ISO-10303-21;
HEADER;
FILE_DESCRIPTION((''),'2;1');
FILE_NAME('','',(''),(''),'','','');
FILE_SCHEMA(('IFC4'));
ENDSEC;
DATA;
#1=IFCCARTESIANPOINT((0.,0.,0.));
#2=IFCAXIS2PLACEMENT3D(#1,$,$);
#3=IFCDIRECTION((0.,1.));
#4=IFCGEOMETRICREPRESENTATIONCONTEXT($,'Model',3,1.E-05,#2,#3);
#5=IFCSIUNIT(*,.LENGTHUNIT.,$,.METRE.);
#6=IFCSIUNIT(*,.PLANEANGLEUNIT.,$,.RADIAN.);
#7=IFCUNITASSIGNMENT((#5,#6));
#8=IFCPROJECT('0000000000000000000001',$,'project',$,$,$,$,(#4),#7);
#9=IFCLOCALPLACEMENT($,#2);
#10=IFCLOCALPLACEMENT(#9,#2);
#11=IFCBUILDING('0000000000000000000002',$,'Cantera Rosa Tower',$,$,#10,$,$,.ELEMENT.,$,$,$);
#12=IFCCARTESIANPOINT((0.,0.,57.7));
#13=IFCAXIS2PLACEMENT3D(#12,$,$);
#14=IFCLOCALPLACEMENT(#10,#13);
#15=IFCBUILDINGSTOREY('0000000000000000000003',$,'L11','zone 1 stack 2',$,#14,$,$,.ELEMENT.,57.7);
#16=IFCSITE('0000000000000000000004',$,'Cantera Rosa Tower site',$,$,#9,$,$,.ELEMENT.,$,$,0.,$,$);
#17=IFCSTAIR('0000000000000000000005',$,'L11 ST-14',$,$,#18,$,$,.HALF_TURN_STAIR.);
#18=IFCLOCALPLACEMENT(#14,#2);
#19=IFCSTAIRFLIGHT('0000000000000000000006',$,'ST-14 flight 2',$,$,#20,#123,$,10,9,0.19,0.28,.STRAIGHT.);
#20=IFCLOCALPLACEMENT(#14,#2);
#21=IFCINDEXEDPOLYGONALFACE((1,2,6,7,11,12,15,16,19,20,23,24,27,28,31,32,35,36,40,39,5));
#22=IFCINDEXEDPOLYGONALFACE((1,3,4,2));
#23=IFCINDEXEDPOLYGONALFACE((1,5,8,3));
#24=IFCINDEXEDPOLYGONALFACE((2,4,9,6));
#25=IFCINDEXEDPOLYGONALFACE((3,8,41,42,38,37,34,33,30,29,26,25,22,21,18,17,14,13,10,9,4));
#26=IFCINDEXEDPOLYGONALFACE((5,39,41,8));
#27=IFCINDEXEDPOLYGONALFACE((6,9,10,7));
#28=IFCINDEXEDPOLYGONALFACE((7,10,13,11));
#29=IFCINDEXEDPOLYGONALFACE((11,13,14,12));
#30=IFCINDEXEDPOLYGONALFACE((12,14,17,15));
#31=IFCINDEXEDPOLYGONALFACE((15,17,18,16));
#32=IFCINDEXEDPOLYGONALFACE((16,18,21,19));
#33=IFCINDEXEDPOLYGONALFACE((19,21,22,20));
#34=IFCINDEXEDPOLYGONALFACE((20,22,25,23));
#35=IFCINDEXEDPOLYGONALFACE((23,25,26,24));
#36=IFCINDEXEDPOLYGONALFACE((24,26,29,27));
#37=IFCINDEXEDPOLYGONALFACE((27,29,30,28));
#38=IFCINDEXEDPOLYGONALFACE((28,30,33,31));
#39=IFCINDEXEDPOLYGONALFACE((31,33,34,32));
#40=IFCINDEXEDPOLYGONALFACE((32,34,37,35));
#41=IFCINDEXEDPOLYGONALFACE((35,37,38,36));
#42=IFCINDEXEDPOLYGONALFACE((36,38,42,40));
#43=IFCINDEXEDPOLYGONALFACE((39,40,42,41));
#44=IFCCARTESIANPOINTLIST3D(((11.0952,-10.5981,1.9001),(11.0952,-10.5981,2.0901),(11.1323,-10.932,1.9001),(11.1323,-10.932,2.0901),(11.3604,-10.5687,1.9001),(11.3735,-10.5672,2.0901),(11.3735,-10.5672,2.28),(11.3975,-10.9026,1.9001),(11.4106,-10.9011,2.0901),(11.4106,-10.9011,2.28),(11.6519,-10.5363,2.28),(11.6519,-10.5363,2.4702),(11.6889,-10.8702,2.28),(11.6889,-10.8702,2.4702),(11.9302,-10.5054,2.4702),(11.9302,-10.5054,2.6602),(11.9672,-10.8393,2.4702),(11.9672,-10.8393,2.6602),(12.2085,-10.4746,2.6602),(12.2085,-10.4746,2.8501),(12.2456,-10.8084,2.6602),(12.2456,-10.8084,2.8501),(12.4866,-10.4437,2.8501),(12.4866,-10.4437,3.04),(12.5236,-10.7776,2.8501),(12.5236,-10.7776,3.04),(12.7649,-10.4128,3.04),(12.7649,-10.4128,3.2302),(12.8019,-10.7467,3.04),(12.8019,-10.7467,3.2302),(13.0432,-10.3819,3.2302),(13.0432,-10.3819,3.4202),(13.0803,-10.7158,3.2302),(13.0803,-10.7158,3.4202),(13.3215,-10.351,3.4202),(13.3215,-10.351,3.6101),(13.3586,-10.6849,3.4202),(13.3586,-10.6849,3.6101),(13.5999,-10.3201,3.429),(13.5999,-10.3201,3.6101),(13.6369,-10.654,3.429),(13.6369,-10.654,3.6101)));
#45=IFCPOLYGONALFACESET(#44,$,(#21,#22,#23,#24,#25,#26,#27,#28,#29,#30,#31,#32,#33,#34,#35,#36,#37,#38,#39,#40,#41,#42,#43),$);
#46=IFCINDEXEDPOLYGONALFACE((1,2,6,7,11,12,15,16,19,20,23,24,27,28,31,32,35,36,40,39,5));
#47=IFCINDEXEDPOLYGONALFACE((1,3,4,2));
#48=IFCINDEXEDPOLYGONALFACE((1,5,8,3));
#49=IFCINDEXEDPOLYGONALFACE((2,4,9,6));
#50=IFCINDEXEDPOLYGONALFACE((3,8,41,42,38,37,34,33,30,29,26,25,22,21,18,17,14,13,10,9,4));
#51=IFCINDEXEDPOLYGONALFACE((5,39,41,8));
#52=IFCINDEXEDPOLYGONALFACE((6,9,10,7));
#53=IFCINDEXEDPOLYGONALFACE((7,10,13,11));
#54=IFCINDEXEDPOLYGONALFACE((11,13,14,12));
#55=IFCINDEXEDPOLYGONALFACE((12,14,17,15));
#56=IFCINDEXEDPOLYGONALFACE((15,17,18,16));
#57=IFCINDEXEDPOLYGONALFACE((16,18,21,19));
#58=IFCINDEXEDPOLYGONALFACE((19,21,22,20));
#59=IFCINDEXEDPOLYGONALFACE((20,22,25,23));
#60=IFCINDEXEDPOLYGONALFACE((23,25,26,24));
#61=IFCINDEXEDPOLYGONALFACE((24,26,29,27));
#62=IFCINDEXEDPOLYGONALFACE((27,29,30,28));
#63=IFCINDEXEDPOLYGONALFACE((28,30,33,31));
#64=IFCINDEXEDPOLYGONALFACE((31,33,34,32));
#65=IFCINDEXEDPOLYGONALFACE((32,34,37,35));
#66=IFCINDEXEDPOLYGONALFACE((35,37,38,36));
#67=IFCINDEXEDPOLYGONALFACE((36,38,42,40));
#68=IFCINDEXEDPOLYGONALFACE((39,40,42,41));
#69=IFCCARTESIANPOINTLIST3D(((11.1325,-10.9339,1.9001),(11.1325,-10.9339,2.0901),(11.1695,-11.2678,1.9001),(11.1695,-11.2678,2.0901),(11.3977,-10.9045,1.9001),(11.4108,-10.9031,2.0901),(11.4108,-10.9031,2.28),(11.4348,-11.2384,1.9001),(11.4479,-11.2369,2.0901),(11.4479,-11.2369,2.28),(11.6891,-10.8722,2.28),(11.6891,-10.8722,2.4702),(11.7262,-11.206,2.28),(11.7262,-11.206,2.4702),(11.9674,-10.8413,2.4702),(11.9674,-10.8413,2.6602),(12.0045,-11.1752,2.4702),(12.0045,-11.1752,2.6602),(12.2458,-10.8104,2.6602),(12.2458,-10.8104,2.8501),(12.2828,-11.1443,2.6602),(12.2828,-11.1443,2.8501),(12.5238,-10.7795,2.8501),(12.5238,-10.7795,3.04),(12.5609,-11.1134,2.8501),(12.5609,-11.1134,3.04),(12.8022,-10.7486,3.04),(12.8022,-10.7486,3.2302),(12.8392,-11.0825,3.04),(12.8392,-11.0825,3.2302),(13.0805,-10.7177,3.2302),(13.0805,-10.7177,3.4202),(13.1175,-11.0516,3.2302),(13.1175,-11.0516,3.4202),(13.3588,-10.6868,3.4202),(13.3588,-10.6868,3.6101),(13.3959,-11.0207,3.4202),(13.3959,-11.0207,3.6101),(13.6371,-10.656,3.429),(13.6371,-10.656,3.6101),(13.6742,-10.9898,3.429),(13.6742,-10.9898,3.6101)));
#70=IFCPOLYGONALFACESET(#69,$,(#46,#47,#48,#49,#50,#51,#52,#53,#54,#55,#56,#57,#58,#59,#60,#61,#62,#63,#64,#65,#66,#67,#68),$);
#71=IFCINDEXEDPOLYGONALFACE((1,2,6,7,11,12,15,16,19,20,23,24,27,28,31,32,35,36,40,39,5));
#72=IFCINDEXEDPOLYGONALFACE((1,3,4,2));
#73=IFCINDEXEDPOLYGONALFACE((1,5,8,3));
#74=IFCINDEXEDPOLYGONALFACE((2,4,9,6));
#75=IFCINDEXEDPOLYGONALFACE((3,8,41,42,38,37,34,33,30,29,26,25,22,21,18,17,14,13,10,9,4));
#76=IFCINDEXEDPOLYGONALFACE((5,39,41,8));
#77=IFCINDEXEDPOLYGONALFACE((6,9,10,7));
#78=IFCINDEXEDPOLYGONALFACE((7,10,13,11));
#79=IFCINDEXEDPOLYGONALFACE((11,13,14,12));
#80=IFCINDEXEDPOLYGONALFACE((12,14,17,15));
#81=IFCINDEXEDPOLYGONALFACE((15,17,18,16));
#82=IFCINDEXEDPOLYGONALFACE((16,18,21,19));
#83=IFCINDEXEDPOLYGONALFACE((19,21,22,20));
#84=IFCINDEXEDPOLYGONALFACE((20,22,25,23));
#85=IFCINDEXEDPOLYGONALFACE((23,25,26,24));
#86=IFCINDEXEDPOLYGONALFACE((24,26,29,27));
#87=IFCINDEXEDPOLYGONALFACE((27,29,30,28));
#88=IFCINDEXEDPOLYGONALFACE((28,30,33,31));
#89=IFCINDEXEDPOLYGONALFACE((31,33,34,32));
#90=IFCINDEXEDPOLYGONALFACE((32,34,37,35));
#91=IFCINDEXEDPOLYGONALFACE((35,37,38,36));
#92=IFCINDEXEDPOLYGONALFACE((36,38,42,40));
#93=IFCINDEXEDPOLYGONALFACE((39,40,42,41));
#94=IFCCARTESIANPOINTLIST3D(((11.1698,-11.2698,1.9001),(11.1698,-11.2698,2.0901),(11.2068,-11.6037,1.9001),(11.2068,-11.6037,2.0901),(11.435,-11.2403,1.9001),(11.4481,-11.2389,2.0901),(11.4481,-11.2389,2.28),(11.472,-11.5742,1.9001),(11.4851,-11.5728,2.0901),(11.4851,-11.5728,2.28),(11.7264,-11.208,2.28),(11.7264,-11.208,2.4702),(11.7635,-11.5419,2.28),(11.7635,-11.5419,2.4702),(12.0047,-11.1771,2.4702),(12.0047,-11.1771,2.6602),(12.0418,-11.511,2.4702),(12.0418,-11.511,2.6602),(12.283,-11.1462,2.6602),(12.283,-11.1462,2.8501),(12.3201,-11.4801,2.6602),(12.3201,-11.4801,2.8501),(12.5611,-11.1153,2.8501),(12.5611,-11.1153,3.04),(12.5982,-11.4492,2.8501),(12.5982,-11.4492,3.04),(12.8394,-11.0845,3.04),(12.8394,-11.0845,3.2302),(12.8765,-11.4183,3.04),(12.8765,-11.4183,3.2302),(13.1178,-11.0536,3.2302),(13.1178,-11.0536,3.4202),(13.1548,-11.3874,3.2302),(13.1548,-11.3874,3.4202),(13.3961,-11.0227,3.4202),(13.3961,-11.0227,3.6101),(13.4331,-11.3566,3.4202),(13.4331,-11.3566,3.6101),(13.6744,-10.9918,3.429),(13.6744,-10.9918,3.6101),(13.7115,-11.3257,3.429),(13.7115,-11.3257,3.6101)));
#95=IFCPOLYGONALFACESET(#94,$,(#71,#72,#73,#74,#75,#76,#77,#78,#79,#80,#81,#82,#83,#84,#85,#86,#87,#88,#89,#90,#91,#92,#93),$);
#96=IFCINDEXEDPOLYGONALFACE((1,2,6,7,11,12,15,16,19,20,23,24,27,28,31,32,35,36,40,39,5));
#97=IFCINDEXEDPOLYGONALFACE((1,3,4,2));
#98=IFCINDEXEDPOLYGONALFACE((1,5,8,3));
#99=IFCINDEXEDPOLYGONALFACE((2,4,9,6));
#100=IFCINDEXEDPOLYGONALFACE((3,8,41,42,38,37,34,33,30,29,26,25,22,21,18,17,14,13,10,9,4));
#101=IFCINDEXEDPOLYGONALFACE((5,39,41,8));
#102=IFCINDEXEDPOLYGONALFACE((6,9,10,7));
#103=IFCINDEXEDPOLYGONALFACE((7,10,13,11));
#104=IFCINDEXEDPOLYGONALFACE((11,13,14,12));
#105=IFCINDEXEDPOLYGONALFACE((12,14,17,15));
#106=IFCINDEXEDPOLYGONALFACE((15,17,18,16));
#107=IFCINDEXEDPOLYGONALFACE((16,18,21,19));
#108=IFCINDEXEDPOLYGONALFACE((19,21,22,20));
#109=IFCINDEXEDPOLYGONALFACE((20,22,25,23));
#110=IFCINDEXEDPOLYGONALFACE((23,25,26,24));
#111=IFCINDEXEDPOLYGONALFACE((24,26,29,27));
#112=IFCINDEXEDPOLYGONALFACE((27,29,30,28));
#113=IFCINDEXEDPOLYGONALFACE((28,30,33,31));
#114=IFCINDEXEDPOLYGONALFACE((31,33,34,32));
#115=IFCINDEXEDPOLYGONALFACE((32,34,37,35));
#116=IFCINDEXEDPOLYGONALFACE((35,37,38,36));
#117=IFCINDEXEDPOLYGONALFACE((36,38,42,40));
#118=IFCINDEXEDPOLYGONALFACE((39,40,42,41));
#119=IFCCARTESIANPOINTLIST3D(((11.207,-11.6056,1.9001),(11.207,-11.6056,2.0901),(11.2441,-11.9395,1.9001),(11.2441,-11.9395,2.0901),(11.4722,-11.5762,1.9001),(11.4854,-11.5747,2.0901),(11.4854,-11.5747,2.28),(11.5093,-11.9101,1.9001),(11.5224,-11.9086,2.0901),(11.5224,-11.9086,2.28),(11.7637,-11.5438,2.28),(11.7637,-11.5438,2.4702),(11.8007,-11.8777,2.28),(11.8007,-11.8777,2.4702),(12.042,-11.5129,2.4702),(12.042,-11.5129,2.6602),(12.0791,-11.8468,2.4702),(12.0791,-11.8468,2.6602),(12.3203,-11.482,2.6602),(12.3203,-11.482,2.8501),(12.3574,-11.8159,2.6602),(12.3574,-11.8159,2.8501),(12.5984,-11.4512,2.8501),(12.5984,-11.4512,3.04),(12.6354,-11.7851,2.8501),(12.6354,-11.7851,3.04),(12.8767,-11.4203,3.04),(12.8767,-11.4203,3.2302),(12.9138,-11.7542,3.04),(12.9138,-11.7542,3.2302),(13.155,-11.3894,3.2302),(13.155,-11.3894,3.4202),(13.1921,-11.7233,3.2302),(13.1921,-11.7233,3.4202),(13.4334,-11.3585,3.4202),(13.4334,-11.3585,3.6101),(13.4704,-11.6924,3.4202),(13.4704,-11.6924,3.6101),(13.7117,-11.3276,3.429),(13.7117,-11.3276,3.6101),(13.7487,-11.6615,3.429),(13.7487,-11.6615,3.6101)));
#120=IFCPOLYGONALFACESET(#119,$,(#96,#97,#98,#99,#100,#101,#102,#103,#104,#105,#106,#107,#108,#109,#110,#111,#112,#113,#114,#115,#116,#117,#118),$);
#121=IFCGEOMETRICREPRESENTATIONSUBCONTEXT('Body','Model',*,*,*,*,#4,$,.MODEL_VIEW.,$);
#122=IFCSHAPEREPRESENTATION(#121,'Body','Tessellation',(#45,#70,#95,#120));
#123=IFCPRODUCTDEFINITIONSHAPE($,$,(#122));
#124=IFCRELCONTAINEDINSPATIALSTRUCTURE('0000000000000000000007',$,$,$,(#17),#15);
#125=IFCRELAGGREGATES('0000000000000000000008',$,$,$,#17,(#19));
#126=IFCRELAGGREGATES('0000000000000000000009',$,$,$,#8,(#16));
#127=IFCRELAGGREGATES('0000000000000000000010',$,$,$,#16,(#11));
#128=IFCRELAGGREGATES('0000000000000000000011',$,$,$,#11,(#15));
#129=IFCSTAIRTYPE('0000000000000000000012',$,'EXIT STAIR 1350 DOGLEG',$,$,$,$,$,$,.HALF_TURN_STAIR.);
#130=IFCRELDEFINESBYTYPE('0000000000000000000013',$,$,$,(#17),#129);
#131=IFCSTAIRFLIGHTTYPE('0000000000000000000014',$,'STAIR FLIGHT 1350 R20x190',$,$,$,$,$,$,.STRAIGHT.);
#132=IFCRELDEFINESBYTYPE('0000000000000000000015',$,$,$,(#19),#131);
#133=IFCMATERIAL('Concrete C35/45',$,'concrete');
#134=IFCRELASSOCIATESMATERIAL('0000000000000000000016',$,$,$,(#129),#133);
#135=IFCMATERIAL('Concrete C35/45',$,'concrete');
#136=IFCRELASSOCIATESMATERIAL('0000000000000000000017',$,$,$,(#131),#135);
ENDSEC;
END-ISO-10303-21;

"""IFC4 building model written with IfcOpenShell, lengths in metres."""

from ifc_helpers import new_model, si_unit, direction, frame, origin, place, context, subcontext, project, spatial, polyline, outline, extrude, material, type_object, element, aggregate, save


model = new_model("IFC4")

# Units and contexts
model_context = context("Model", 3, precision=1e-05, world=origin(), true_north=direction((0.0, 1.0)))
body_context = subcontext(model_context, "Body", "Model", "MODEL_VIEW")
ifc_project = project(units=[si_unit("LENGTHUNIT", "METRE"), si_unit("PLANEANGLEUNIT", "RADIAN")], contexts=[model_context])

# Site, building, storey
site_placement = place(None, origin())
site = spatial("IfcSite", under=ifc_project, at=site_placement, Name="Cantera Rosa Tower site", CompositionType="ELEMENT", RefElevation=0.0)
building_placement = place(site_placement, origin())
building = spatial("IfcBuilding", under=site, at=building_placement, Name="Cantera Rosa Tower", CompositionType="ELEMENT")
storey_placement = place(building_placement, frame((0.0, 0.0, 57.7)))
storey = spatial("IfcBuildingStorey", under=building, at=storey_placement, Name="L11", Description="zone 1 stack 2", CompositionType="ELEMENT", Elevation=57.7)

# Stair, stair flight
ifc_material_1 = material(Name="Concrete C35/45", Category="concrete")
stair_type = type_object("IfcStairType", Name="EXIT STAIR 1350 DOGLEG", PredefinedType="HALF_TURN_STAIR", material=ifc_material_1)
stair_placement = place(storey_placement, origin())
stair = element("IfcStair", 1, at=stair_placement, inside=storey, type_object=stair_type, Name="L11 ST-14", PredefinedType="HALF_TURN_STAIR")
ifc_material_2 = material(Name="Concrete C35/45", Category="concrete")
stair_flight_type = type_object("IfcStairFlightType", Name="STAIR FLIGHT 1350 R20x190", PredefinedType="STRAIGHT", material=ifc_material_2)
stair_flight_1_placement = place(storey_placement, frame((11.1697, -11.269, 1.9001), z_axis=(0.0, 0.0, 1.0), x_axis=(0.993897, 0.110313, 0.0)))
stair_flight_1 = element("IfcStairFlight", 2, at=stair_flight_1_placement, type_object=stair_flight_type, Name="ST-14 flight 2", NumberOfRisers=10, NumberOfTreads=9, PredefinedType="STRAIGHT", RiserHeight=0.19, TreadLength=0.28, context=body_context, shape_type="SweptSolid", body=[
    extrude(outline(polyline([(0.0, 0.0), (0.0, 0.1899), (0.28, 0.1899), (0.28, 0.3799), (0.5601, 0.3799), (0.5601, 0.5701), (0.8401, 0.5701), (0.8401, 0.76), (1.1201, 0.76), (1.1201, 0.95), (1.3999, 0.95), (1.3999, 1.1399), (1.6799, 1.1399), (1.6799, 1.3301), (1.96, 1.3301), (1.96, 1.52), (2.24, 1.52), (2.24, 1.71), (2.52, 1.71), (2.52, 1.8999), (2.52, 1.5288), (0.2668, 0.0), (0.0, 0.0)])), frame((0.0, 0.675, 0.0), z_axis=(0.0, -1.0, 0.0), x_axis=(1.0, 0.0, 0.0)), (0.0, 0.0, 1.0), 0.3359),
    extrude(outline(polyline([(0.0, 0.0), (0.0, 0.1899), (0.28, 0.1899), (0.28, 0.3799), (0.5601, 0.3799), (0.5601, 0.5701), (0.8401, 0.5701), (0.8401, 0.76), (1.1201, 0.76), (1.1201, 0.95), (1.3999, 0.95), (1.3999, 1.1399), (1.6799, 1.1399), (1.6799, 1.3301), (1.96, 1.3301), (1.96, 1.52), (2.24, 1.52), (2.24, 1.71), (2.52, 1.71), (2.52, 1.8999), (2.52, 1.5288), (0.2668, 0.0), (0.0, 0.0)])), frame((0.0, 0.3372, 0.0), z_axis=(0.0, -1.0, 0.0), x_axis=(1.0, 0.0, 0.0)), (0.0, 0.0, 1.0), 0.3359),
    extrude(outline(polyline([(0.0, 0.0), (0.0, 0.1899), (0.28, 0.1899), (0.28, 0.3799), (0.5601, 0.3799), (0.5601, 0.5701), (0.8401, 0.5701), (0.8401, 0.76), (1.1201, 0.76), (1.1201, 0.95), (1.3999, 0.95), (1.3999, 1.1399), (1.6799, 1.1399), (1.6799, 1.3301), (1.96, 1.3301), (1.96, 1.52), (2.24, 1.52), (2.24, 1.71), (2.52, 1.71), (2.52, 1.8999), (2.52, 1.5288), (0.2668, 0.0), (0.0, 0.0)])), frame((0.0, -0.0007, 0.0), z_axis=(0.0, -1.0, 0.0), x_axis=(1.0, 0.0, 0.0)), (0.0, 0.0, 1.0), 0.3359),
    extrude(outline(polyline([(0.0, 0.0), (0.0, 0.1899), (0.28, 0.1899), (0.28, 0.3799), (0.5601, 0.3799), (0.5601, 0.5701), (0.8401, 0.5701), (0.8401, 0.76), (1.1201, 0.76), (1.1201, 0.95), (1.3999, 0.95), (1.3999, 1.1399), (1.6799, 1.1399), (1.6799, 1.3301), (1.96, 1.3301), (1.96, 1.52), (2.24, 1.52), (2.24, 1.71), (2.52, 1.71), (2.52, 1.8999), (2.52, 1.5288), (0.2668, 0.0), (0.0, 0.0)])), frame((0.0, -0.3386, 0.0), z_axis=(0.0, -1.0, 0.0), x_axis=(1.0, 0.0, 0.0)), (0.0, 0.0, 1.0), 0.3359),
])
aggregate(stair, [stair_flight_1])

save(model, "model.ifc")
